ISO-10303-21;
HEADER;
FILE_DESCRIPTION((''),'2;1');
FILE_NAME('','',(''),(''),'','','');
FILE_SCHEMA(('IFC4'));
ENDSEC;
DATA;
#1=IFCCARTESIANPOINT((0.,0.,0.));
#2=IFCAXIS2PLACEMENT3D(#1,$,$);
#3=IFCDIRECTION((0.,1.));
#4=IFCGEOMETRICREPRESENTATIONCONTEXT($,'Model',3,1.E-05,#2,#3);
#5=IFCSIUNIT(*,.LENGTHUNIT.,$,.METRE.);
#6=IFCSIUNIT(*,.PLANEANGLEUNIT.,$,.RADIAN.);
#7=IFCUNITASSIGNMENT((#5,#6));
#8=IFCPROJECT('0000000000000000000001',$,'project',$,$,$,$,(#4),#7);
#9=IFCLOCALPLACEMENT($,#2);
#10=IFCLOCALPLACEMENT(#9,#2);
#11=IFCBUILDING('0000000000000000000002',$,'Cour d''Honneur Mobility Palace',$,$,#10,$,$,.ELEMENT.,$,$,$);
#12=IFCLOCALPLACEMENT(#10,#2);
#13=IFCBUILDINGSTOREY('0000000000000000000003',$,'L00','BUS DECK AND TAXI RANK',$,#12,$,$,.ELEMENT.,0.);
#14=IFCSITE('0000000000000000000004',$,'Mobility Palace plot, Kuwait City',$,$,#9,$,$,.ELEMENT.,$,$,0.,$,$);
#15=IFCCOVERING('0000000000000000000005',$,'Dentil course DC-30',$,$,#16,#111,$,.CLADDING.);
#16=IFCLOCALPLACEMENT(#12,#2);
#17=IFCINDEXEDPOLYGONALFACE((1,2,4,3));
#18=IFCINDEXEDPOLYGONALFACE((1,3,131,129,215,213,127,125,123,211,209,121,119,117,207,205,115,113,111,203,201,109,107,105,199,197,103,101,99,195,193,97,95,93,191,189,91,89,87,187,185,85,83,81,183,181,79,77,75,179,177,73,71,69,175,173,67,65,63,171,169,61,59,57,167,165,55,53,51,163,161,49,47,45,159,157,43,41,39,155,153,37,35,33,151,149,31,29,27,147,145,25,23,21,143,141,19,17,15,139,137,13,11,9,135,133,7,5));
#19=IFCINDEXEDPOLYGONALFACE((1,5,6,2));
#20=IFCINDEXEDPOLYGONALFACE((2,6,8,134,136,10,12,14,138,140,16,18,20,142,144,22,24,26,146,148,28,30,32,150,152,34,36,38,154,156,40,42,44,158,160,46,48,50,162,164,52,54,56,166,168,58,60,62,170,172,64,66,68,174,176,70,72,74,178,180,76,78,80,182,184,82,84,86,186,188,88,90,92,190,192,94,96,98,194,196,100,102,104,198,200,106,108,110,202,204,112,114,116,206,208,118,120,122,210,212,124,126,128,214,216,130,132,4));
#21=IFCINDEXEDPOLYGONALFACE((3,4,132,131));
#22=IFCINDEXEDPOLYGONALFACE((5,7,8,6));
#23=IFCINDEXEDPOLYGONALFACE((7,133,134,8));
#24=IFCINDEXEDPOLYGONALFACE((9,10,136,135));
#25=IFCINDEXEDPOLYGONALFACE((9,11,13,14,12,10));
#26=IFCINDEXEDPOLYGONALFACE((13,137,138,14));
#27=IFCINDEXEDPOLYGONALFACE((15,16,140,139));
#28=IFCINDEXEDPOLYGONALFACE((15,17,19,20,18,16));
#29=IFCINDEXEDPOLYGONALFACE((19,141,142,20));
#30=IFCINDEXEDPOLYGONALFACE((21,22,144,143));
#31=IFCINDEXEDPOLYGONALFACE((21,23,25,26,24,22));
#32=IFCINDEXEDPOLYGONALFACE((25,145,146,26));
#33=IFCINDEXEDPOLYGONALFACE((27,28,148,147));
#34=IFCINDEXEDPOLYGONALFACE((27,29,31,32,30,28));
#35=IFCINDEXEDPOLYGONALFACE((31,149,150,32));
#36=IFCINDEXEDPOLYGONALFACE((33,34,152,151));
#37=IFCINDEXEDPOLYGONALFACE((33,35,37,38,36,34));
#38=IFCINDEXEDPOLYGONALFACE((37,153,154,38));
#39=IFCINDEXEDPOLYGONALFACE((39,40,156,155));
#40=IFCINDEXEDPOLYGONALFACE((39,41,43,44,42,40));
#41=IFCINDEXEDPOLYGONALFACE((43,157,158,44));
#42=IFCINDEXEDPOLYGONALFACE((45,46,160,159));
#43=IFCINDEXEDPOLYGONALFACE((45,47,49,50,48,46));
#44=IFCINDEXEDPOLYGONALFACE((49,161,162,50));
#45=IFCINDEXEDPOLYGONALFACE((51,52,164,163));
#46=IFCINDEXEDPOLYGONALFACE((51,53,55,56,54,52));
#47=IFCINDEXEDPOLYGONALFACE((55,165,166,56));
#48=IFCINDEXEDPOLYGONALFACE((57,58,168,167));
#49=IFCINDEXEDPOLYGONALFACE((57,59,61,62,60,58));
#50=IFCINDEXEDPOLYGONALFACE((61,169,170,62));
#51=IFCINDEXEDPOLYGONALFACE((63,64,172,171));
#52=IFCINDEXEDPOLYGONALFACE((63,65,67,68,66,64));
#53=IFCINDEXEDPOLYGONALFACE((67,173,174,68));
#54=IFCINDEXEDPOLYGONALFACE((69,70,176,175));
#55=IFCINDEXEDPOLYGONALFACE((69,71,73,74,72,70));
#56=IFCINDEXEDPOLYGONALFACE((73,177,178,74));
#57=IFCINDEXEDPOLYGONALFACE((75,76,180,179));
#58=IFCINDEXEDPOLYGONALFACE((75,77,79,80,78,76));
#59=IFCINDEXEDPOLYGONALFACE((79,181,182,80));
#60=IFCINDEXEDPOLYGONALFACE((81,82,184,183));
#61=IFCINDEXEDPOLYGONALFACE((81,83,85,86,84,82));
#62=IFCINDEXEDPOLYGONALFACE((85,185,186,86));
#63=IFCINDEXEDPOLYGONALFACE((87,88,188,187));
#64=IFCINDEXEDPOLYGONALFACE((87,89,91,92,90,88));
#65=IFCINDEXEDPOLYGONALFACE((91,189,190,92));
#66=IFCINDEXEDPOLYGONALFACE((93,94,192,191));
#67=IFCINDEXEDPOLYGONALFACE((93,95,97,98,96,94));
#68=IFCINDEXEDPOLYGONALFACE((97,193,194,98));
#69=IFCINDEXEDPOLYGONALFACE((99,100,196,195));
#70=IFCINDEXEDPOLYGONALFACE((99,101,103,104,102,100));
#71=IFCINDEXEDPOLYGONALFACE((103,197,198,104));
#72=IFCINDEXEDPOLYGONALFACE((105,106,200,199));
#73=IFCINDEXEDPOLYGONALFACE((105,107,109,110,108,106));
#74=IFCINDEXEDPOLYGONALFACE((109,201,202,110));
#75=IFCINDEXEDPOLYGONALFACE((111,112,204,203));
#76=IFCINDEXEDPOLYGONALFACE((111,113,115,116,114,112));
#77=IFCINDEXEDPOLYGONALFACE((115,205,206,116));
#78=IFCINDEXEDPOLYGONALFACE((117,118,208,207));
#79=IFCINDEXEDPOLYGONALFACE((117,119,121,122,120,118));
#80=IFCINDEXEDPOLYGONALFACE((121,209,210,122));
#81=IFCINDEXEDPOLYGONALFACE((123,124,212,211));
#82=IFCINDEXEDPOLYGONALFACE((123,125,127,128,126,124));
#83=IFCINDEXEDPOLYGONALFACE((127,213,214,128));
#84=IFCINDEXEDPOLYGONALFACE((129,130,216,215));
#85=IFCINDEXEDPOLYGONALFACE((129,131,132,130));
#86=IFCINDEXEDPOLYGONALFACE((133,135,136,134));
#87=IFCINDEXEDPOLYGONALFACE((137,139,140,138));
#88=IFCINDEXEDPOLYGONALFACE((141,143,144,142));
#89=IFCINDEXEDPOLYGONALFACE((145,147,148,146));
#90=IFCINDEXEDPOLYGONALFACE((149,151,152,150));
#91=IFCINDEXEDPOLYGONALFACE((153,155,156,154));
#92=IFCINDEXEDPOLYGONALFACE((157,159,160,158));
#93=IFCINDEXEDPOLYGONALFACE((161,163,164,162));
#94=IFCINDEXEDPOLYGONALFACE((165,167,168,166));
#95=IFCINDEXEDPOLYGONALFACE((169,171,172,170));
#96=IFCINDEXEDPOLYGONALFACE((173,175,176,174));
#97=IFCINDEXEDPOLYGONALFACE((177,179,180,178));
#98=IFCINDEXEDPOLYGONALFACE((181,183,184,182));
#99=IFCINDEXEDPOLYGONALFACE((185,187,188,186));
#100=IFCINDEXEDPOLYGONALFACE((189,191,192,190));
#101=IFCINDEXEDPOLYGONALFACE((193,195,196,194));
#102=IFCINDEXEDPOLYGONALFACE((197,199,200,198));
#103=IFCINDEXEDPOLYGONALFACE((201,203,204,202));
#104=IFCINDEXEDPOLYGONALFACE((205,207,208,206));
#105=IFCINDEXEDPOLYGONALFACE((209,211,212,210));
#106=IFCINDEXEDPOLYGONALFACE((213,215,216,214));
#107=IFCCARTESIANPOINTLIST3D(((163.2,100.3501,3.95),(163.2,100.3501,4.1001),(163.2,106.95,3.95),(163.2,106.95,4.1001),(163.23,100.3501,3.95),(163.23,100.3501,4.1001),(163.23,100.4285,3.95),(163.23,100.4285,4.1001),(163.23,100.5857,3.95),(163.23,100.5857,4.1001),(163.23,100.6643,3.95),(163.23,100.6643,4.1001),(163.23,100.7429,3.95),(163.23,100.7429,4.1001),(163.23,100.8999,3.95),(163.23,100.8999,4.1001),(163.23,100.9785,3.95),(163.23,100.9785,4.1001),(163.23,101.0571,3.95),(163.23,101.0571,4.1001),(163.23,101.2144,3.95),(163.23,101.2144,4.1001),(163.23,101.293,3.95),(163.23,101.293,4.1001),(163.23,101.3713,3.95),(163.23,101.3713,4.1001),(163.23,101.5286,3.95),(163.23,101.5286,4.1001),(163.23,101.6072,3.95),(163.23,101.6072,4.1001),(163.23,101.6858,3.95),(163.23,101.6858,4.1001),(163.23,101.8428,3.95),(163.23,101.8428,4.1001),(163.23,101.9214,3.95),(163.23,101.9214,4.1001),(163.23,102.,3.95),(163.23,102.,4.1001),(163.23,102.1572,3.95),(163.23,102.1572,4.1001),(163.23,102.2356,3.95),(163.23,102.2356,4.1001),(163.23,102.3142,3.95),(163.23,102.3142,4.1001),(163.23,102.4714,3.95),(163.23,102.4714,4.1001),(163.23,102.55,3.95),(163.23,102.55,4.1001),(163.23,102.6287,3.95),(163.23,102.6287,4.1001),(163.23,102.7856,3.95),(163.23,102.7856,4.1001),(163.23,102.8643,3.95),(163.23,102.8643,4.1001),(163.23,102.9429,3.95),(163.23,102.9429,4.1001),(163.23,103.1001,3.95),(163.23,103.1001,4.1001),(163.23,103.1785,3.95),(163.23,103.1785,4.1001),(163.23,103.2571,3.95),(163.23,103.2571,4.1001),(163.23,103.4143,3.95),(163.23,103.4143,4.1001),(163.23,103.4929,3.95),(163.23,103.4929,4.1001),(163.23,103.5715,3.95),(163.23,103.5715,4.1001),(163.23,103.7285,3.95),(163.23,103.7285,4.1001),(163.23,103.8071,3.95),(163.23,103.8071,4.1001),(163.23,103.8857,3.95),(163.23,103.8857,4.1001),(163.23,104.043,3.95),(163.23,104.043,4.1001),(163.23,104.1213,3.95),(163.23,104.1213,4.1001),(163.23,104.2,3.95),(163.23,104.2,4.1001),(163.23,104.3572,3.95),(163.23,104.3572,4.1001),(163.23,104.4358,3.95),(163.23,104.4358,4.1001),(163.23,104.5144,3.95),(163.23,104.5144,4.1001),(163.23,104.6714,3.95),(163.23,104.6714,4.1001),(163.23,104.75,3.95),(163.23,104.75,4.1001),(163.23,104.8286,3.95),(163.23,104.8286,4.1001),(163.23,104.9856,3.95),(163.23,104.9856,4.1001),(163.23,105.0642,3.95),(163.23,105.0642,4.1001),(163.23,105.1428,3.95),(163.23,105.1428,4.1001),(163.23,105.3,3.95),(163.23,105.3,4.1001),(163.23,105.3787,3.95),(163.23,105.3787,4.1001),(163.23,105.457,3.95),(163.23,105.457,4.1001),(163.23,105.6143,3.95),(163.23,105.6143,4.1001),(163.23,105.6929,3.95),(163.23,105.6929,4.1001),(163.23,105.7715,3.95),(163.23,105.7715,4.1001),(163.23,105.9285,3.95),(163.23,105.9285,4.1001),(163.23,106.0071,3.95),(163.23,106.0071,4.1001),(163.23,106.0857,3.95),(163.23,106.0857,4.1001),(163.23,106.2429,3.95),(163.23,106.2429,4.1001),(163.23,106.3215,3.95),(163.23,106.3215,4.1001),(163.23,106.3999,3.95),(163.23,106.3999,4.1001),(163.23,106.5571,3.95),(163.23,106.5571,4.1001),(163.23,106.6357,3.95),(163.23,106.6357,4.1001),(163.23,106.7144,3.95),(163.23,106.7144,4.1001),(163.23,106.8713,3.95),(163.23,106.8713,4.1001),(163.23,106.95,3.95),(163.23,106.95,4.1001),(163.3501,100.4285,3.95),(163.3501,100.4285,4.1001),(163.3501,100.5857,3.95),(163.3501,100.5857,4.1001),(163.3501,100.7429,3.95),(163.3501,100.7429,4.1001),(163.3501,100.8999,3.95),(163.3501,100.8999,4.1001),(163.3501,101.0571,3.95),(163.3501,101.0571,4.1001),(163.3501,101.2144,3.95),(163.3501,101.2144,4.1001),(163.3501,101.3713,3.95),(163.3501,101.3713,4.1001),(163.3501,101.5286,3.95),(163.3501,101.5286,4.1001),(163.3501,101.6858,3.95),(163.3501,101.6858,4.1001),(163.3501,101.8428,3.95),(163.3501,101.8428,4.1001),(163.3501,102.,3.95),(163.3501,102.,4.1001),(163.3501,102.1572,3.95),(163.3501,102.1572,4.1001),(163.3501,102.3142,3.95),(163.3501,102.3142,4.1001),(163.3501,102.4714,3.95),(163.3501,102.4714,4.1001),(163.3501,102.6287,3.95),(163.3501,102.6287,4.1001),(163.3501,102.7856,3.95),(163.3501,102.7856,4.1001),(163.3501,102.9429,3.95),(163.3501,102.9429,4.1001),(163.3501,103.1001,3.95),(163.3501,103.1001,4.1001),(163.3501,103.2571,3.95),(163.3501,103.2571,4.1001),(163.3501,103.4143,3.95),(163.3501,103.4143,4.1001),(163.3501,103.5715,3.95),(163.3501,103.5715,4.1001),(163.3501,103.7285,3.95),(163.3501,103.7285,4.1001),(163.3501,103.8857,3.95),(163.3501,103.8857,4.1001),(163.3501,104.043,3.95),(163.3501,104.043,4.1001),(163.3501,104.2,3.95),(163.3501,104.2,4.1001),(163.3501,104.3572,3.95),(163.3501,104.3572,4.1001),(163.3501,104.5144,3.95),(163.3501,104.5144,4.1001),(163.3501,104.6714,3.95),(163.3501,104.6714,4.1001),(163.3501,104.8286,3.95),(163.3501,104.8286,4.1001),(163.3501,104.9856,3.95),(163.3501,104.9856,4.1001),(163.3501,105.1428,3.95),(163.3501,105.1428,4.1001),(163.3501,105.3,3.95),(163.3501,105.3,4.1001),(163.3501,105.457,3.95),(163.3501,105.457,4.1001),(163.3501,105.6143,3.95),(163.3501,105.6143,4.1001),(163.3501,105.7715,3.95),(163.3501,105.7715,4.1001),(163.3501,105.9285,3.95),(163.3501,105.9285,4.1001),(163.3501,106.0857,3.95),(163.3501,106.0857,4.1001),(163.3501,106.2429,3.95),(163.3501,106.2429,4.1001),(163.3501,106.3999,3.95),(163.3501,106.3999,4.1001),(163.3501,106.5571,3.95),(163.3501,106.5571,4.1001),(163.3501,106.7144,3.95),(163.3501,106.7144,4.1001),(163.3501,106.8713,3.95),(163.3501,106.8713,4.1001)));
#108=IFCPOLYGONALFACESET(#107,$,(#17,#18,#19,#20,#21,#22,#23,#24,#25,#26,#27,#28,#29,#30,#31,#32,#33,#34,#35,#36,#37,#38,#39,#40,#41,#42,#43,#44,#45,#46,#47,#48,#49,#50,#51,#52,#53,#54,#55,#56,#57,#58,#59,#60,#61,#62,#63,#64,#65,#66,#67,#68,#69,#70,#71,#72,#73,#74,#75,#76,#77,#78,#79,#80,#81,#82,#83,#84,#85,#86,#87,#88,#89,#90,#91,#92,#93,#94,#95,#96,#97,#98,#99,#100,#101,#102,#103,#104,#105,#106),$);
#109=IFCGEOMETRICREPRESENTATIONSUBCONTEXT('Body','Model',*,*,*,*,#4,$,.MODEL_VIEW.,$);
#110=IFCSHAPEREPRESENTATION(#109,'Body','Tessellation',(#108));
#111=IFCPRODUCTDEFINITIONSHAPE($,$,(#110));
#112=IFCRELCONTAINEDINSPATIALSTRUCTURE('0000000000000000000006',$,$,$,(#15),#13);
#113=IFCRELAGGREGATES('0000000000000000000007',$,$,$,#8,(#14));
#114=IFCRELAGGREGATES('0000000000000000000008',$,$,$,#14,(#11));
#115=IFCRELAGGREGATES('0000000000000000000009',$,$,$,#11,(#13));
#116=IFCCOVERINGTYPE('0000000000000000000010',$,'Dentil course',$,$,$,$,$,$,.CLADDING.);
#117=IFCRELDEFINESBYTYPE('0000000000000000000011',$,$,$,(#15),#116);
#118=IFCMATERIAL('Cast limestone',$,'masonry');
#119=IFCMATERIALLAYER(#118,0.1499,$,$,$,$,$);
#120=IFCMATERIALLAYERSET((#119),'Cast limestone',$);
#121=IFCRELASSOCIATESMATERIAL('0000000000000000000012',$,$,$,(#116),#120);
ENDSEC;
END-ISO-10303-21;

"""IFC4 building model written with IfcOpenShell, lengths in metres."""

from ifc_helpers import new_model, si_unit, direction, frame, origin, place, context, subcontext, project, spatial, polyline, outline, extrude, material, layer, layer_set, type_object, element, save


model = new_model("IFC4")

# Units and contexts
model_context = context("Model", 3, precision=1e-05, world=origin(), true_north=direction((0.0, 1.0)))
body_context = subcontext(model_context, "Body", "Model", "MODEL_VIEW")
ifc_project = project(units=[si_unit("LENGTHUNIT", "METRE"), si_unit("PLANEANGLEUNIT", "RADIAN")], contexts=[model_context])

# Site, building, storey
site_placement = place(None, origin())
site = spatial("IfcSite", under=ifc_project, at=site_placement, Name="Mobility Palace plot, Kuwait City", CompositionType="ELEMENT", RefElevation=0.0)
building_placement = place(site_placement, origin())
building = spatial("IfcBuilding", under=site, at=building_placement, Name="Cour d'Honneur Mobility Palace", CompositionType="ELEMENT")
storey_placement = place(building_placement, origin())
storey = spatial("IfcBuildingStorey", under=building, at=storey_placement, Name="L00", Description="BUS DECK AND TAXI RANK", CompositionType="ELEMENT", Elevation=0.0)

# Covering
ifc_material = material(Name="Cast limestone", Category="masonry")
ifc_layer = layer(ifc_material, 0.1499)
ifc_layer_set = layer_set([ifc_layer], Name="Cast limestone")
covering_type = type_object("IfcCoveringType", Name="Dentil course", PredefinedType="CLADDING", material=ifc_layer_set)
covering_1_placement = place(storey_placement, frame((0.0, 0.0, 3.95)))
element("IfcCovering", 1, at=covering_1_placement, inside=storey, type_object=covering_type, Name="Dentil course DC-30", PredefinedType="CLADDING", context=body_context, shape_type="SweptSolid", body=[
    extrude(outline(polyline([(163.2, 100.3501), (163.2, 106.95), (163.23, 106.95), (163.23, 106.95), (163.23, 106.8713), (163.3501, 106.8713), (163.3501, 106.7144), (163.23, 106.7144), (163.23, 106.6357), (163.23, 106.6357), (163.23, 106.5571), (163.3501, 106.5571), (163.3501, 106.3999), (163.23, 106.3999), (163.23, 106.3215), (163.23, 106.3215), (163.23, 106.2429), (163.3501, 106.2429), (163.3501, 106.0857), (163.23, 106.0857), (163.23, 106.0071), (163.23, 106.0071), (163.23, 105.9285), (163.3501, 105.9285), (163.3501, 105.7715), (163.23, 105.7715), (163.23, 105.6929), (163.23, 105.6929), (163.23, 105.6143), (163.3501, 105.6143), (163.3501, 105.457), (163.23, 105.457), (163.23, 105.3787), (163.23, 105.3787), (163.23, 105.3), (163.3501, 105.3), (163.3501, 105.1428), (163.23, 105.1428), (163.23, 105.0642), (163.23, 105.0642), (163.23, 104.9856), (163.3501, 104.9856), (163.3501, 104.8286), (163.23, 104.8286), (163.23, 104.75), (163.23, 104.75), (163.23, 104.6714), (163.3501, 104.6714), (163.3501, 104.5144), (163.23, 104.5144), (163.23, 104.4358), (163.23, 104.4358), (163.23, 104.3572), (163.3501, 104.3572), (163.3501, 104.2), (163.23, 104.2), (163.23, 104.1213), (163.23, 104.1213), (163.23, 104.043), (163.3501, 104.043), (163.3501, 103.8857), (163.23, 103.8857), (163.23, 103.8071), (163.23, 103.8071), (163.23, 103.7285), (163.3501, 103.7285), (163.3501, 103.5715), (163.23, 103.5715), (163.23, 103.4929), (163.23, 103.4929), (163.23, 103.4143), (163.3501, 103.4143), (163.3501, 103.2571), (163.23, 103.2571), (163.23, 103.1785), (163.23, 103.1785), (163.23, 103.1001), (163.3501, 103.1001), (163.3501, 102.9429), (163.23, 102.9429), (163.23, 102.8643), (163.23, 102.8643), (163.23, 102.7856), (163.3501, 102.7856), (163.3501, 102.6287), (163.23, 102.6287), (163.23, 102.55), (163.23, 102.55), (163.23, 102.4714), (163.3501, 102.4714), (163.3501, 102.3142), (163.23, 102.3142), (163.23, 102.2356), (163.23, 102.2356), (163.23, 102.1572), (163.3501, 102.1572), (163.3501, 102.0), (163.23, 102.0), (163.23, 101.9214), (163.23, 101.9214), (163.23, 101.8428), (163.3501, 101.8428), (163.3501, 101.6858), (163.23, 101.6858), (163.23, 101.6072), (163.23, 101.6072), (163.23, 101.5286), (163.3501, 101.5286), (163.3501, 101.3713), (163.23, 101.3713), (163.23, 101.293), (163.23, 101.293), (163.23, 101.2144), (163.3501, 101.2144), (163.3501, 101.0571), (163.23, 101.0571), (163.23, 100.9785), (163.23, 100.9785), (163.23, 100.8999), (163.3501, 100.8999), (163.3501, 100.7429), (163.23, 100.7429), (163.23, 100.6643), (163.23, 100.6643), (163.23, 100.5857), (163.3501, 100.5857), (163.3501, 100.4285), (163.23, 100.4285), (163.23, 100.3501), (163.2, 100.3501)])), origin(), (0.0, 0.0, 1.0), 0.1501),
])

save(model, "model.ifc")
